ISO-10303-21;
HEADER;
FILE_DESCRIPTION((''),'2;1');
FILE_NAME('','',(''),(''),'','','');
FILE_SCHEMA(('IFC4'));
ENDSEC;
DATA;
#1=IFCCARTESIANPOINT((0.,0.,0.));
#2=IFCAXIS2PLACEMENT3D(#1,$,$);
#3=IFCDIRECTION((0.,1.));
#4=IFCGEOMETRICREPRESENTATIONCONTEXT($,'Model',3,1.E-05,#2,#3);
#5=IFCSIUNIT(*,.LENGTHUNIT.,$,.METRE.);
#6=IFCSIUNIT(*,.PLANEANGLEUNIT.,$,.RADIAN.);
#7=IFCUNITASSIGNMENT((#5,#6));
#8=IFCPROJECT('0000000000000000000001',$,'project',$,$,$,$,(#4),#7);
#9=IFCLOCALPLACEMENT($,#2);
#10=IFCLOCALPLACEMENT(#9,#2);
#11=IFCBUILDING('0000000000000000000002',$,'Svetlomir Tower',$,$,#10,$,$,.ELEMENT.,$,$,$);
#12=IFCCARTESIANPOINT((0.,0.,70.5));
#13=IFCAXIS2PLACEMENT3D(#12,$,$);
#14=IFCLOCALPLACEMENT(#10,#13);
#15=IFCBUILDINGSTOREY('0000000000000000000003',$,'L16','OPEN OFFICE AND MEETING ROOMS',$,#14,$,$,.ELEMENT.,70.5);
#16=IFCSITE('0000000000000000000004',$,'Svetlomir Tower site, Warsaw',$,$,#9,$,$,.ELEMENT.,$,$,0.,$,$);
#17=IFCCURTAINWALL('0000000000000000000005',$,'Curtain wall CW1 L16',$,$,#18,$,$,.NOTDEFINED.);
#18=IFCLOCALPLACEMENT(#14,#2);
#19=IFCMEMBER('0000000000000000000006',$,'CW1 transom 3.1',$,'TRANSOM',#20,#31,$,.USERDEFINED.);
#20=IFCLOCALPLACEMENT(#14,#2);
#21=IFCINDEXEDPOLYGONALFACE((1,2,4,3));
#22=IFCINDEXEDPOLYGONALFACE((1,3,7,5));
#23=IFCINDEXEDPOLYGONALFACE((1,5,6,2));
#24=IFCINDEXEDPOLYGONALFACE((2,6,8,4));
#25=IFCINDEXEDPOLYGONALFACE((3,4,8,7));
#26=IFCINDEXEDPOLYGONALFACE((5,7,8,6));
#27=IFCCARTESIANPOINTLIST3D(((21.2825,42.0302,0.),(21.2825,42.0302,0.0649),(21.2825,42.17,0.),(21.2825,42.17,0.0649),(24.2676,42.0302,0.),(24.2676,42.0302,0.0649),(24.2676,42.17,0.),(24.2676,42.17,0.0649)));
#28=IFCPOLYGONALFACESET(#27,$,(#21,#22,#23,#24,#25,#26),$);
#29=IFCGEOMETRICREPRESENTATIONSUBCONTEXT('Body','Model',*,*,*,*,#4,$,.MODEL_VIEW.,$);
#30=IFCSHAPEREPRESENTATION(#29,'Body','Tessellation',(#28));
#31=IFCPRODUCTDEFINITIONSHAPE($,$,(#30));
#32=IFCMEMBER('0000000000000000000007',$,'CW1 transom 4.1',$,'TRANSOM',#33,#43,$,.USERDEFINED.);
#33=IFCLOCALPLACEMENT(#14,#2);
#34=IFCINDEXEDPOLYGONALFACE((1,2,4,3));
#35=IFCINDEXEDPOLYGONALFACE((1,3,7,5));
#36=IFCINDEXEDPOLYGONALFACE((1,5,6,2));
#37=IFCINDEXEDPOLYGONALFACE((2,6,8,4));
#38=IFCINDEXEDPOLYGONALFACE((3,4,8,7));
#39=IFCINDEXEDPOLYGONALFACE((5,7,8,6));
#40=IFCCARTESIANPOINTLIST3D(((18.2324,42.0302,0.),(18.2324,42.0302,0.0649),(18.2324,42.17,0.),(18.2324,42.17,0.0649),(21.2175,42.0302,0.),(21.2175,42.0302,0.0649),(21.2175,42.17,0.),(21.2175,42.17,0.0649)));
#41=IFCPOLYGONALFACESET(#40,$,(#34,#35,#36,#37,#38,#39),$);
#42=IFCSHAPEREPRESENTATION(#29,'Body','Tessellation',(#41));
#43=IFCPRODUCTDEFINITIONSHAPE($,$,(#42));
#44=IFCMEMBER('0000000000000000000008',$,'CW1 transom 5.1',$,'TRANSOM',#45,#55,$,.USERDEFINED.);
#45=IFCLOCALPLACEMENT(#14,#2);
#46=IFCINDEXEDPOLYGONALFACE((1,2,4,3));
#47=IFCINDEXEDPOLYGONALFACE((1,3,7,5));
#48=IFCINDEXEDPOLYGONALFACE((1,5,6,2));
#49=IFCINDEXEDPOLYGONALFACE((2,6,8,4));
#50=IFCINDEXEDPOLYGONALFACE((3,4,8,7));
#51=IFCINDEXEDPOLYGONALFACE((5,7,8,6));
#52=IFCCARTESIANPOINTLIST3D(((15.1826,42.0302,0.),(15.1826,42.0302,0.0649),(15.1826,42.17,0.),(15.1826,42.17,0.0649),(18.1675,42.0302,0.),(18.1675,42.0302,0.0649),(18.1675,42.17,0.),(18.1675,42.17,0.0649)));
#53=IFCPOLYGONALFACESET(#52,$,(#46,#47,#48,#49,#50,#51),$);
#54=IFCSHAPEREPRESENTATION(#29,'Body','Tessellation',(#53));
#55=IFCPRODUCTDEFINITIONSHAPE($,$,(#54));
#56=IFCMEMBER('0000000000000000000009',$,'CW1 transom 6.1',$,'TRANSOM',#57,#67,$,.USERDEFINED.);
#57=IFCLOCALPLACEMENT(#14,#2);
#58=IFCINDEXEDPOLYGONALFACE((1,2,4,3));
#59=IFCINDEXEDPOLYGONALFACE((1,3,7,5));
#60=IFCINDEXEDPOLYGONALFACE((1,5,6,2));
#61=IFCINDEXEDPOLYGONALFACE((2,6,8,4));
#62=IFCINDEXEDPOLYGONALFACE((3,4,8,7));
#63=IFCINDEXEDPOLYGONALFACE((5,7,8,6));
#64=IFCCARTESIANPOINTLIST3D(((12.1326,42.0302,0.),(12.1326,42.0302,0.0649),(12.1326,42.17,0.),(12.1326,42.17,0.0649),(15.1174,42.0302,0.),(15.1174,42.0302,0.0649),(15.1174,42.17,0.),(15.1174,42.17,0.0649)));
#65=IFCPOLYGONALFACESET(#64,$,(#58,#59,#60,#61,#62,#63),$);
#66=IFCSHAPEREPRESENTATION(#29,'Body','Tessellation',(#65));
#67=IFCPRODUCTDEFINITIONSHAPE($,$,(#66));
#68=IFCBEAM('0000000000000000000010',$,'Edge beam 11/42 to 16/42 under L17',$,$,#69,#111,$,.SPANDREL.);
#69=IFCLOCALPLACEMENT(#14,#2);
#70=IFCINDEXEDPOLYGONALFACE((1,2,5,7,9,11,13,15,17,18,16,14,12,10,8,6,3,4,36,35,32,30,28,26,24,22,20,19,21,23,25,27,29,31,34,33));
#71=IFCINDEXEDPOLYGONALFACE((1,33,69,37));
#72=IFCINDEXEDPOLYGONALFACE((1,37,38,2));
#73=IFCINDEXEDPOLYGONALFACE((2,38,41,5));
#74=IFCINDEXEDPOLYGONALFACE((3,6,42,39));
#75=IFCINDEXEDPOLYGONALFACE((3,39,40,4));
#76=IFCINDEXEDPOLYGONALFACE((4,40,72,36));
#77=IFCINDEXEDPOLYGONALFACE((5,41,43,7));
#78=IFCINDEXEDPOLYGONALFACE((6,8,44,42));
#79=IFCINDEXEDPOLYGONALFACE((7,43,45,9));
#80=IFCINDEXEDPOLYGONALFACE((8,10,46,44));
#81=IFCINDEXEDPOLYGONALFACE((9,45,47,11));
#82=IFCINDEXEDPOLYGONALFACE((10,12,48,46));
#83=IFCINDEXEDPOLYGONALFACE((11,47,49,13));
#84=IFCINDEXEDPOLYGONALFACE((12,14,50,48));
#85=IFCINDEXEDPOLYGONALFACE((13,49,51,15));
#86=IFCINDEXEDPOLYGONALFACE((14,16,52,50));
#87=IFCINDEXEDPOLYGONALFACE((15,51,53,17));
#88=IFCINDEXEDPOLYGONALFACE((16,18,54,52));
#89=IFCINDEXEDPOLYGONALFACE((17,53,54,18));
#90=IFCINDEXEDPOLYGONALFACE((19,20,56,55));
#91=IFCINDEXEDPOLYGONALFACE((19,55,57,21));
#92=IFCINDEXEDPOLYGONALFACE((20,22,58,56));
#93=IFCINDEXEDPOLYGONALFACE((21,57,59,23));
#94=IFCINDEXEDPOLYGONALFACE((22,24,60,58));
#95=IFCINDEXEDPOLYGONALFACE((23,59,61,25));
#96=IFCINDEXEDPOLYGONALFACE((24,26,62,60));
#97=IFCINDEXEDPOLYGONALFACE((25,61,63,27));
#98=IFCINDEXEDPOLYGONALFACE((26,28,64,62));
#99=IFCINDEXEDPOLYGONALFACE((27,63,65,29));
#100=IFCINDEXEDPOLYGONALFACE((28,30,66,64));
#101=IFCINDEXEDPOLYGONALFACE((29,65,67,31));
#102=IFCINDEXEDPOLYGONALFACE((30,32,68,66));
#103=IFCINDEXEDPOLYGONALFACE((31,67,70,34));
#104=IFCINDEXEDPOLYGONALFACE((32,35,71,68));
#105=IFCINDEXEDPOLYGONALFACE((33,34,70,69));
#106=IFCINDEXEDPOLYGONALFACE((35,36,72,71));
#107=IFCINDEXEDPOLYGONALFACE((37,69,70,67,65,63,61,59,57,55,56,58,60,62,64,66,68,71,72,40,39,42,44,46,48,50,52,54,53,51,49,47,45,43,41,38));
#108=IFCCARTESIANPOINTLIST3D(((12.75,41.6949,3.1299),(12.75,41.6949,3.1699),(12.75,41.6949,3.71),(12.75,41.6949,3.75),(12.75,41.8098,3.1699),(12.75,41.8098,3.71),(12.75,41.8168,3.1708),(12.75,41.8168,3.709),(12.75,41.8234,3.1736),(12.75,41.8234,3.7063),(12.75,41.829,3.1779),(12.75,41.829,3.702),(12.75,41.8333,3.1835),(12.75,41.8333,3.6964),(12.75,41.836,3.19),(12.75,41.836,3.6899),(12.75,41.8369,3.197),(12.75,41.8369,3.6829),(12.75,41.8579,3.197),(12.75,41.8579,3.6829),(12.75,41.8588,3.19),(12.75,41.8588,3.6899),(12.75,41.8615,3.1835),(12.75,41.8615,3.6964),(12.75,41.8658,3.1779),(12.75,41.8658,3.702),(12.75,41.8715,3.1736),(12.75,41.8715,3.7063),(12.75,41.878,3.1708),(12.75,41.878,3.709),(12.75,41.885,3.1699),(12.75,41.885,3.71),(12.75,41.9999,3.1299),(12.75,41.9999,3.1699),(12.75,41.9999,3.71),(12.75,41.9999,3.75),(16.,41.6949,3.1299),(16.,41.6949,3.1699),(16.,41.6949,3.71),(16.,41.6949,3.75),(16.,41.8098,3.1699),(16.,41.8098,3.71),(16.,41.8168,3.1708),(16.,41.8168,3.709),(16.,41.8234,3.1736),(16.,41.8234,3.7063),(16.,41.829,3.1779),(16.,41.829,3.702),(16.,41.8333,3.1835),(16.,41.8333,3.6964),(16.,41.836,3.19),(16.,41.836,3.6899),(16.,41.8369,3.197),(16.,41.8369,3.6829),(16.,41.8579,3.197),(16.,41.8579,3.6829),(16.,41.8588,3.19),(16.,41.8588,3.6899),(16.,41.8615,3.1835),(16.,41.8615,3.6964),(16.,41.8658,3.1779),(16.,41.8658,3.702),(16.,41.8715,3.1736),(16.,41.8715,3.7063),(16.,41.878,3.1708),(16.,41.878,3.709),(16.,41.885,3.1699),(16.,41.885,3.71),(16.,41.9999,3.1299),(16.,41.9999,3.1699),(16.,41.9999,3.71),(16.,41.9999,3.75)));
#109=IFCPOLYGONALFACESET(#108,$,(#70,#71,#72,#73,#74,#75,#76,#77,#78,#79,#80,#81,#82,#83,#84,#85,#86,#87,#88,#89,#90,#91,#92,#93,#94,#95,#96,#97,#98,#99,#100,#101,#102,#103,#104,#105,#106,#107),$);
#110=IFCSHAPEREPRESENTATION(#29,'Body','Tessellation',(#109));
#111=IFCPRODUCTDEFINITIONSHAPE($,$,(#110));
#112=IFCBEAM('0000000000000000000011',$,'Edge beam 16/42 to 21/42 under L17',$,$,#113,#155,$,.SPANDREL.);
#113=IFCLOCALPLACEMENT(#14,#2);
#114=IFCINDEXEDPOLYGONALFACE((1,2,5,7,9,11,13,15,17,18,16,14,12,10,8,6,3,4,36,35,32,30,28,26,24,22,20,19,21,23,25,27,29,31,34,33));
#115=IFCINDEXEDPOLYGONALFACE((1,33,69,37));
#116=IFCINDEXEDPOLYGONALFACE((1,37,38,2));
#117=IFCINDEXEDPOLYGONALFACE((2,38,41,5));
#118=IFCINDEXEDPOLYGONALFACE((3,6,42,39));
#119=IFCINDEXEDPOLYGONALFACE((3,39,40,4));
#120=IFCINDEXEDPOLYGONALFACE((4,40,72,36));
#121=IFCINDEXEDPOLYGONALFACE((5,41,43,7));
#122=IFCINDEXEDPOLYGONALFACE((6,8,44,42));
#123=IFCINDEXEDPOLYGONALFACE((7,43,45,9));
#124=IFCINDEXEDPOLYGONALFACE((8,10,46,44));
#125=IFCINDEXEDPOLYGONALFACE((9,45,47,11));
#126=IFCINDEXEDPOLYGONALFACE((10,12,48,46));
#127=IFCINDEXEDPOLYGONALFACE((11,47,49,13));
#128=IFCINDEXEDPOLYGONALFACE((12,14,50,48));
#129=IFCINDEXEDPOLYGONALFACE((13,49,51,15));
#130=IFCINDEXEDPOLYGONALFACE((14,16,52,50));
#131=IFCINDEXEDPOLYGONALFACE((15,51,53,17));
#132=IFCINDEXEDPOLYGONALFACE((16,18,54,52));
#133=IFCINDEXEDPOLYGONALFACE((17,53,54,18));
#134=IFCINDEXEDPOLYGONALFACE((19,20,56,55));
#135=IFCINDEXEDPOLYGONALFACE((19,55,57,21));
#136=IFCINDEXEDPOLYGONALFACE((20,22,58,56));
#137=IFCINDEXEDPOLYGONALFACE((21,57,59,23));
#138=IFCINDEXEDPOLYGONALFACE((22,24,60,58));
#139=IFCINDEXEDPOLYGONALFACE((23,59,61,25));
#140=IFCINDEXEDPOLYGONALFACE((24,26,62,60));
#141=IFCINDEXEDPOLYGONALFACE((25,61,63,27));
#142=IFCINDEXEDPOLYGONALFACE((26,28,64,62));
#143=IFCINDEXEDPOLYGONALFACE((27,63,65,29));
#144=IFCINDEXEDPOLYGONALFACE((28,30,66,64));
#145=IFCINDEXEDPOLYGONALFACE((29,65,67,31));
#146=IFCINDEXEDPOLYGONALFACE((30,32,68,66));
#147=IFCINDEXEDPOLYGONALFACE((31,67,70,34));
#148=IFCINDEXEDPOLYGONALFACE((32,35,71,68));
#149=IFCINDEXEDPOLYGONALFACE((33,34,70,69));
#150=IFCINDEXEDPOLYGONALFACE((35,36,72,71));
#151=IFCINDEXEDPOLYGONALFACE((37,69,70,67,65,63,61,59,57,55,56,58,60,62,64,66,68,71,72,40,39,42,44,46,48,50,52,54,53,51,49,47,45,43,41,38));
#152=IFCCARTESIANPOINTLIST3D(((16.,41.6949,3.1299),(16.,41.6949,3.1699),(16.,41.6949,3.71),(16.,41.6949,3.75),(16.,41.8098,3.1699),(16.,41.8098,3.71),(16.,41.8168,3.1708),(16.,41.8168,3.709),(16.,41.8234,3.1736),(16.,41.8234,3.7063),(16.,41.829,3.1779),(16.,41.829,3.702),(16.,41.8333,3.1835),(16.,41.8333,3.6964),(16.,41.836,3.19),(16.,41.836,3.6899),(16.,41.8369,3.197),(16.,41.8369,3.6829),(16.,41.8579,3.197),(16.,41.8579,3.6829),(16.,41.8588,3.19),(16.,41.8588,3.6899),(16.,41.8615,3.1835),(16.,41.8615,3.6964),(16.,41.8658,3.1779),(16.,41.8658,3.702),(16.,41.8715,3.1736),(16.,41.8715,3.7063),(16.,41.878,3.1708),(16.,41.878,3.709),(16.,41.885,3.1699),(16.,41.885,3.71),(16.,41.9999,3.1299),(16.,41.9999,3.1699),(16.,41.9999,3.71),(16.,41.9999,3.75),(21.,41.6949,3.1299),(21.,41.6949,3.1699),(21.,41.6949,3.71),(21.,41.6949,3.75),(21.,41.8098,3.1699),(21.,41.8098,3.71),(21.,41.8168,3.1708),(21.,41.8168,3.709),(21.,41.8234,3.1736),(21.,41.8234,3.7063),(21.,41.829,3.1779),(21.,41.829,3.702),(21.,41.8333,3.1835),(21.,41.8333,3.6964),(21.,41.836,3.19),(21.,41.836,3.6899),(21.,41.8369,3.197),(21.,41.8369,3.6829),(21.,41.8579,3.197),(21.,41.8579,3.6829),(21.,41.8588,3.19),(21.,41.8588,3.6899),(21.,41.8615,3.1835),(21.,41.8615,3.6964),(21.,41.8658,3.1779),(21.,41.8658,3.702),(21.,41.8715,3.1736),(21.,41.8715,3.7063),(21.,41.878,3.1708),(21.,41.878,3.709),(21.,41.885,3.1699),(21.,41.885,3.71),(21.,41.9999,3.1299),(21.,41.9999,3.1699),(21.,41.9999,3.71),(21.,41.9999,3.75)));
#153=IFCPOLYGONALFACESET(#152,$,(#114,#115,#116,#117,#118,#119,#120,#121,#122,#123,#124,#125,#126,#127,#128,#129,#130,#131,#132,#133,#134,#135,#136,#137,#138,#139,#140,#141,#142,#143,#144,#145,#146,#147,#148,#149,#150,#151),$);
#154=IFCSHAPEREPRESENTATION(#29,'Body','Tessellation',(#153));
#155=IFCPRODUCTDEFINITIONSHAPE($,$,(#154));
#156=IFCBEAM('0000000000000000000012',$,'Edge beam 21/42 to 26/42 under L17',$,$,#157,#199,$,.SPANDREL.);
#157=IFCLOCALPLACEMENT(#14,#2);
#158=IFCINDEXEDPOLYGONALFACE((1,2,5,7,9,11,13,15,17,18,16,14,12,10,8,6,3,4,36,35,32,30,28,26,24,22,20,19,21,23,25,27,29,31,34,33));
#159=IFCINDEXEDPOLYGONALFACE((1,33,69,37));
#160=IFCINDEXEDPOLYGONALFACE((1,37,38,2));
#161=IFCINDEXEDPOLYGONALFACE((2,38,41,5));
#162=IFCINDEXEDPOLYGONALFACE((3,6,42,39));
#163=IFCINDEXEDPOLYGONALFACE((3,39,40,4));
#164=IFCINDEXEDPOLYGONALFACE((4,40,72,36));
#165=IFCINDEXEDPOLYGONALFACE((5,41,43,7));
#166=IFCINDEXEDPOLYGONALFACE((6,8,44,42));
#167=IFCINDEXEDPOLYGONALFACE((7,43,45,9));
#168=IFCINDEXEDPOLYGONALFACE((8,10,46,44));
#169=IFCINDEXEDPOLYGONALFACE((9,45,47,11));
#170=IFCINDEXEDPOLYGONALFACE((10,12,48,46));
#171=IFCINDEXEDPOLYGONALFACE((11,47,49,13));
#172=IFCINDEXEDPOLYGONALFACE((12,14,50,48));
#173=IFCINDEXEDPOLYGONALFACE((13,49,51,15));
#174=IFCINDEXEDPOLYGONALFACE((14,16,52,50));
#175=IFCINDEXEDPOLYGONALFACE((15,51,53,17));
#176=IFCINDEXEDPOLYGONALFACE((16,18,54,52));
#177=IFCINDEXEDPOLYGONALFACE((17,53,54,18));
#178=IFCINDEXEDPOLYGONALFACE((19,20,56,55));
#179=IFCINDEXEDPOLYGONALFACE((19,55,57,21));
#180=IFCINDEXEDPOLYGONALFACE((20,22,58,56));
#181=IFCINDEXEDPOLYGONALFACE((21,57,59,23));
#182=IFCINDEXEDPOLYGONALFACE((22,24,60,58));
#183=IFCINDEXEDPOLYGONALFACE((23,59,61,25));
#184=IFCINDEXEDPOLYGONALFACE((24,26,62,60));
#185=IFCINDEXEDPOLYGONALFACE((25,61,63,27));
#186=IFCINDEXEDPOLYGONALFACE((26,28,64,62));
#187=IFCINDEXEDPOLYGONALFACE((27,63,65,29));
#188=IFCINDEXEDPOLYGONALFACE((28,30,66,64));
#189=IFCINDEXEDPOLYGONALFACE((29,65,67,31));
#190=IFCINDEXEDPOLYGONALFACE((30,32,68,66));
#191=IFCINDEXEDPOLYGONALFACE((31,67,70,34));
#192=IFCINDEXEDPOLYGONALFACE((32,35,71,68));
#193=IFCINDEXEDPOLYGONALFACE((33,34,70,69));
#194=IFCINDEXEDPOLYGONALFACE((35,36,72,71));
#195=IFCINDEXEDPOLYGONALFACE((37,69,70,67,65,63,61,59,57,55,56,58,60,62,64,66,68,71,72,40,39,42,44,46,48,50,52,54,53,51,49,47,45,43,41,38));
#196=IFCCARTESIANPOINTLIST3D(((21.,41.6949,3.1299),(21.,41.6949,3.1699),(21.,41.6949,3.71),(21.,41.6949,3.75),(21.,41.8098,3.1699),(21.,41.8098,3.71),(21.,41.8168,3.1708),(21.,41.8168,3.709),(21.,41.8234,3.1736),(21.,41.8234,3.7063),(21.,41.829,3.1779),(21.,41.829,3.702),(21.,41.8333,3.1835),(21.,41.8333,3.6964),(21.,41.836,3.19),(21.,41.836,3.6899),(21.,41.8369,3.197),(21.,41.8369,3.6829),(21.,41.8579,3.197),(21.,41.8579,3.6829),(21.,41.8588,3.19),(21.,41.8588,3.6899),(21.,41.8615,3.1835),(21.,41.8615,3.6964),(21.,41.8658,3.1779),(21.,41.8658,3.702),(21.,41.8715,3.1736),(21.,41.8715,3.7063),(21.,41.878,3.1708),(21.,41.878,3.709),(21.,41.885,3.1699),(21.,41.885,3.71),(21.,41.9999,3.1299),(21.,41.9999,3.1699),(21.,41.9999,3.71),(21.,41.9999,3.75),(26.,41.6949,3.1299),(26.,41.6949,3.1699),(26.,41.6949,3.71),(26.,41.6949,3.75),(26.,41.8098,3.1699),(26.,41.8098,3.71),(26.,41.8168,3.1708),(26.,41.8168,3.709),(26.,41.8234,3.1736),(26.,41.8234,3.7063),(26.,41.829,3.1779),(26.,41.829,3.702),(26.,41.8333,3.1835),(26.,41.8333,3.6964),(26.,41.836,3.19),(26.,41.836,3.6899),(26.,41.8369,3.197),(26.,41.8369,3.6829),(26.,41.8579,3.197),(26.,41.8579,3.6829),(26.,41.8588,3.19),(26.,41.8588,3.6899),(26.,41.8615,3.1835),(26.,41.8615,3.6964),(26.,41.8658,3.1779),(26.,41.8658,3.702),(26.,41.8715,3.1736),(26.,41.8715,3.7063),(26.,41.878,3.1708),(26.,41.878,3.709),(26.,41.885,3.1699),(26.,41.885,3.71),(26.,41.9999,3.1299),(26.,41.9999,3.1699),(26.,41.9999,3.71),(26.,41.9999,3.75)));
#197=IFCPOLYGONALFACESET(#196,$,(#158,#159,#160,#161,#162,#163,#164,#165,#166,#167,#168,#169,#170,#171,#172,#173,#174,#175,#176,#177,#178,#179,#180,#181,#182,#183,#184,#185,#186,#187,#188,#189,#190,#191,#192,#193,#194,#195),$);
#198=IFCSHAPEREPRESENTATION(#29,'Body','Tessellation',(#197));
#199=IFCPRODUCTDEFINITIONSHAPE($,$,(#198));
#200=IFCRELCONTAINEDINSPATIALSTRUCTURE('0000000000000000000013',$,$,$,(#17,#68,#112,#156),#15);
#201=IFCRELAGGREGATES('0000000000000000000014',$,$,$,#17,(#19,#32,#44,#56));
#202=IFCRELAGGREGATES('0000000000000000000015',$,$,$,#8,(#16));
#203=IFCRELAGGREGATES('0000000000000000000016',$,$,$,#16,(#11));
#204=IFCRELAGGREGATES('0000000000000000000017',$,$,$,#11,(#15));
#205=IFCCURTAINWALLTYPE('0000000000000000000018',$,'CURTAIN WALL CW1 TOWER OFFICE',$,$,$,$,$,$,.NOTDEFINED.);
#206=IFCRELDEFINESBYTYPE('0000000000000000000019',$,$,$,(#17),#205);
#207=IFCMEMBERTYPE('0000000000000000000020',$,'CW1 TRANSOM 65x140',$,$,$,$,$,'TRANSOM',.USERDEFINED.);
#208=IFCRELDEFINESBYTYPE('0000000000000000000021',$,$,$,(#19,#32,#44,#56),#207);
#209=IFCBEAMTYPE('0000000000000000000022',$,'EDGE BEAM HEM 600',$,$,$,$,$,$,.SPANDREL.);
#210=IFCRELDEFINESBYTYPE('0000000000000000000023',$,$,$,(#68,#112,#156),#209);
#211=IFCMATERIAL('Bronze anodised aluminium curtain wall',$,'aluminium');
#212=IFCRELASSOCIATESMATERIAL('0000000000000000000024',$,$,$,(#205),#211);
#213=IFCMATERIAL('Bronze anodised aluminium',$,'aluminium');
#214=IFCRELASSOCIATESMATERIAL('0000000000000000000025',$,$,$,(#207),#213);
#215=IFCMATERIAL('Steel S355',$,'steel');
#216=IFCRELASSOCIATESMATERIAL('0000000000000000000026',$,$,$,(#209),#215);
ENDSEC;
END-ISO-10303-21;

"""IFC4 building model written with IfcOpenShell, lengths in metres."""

from ifc_helpers import new_model, si_unit, direction, frame, origin, origin_2d, place, context, subcontext, project, spatial, rectangle, i_section, extrude, material, material_profile, profile_set, type_object, element, aggregate, save


model = new_model("IFC4")

# Units and contexts
model_context = context("Model", 3, precision=1e-05, world=origin(), true_north=direction((0.0, 1.0)))
body_context = subcontext(model_context, "Body", "Model", "MODEL_VIEW")
ifc_project = project(units=[si_unit("LENGTHUNIT", "METRE"), si_unit("PLANEANGLEUNIT", "RADIAN")], contexts=[model_context])

# Site, building, storey
site_placement = place(None, origin())
site = spatial("IfcSite", under=ifc_project, at=site_placement, Name="Svetlomir Tower site, Warsaw", CompositionType="ELEMENT", RefElevation=0.0)
building_placement = place(site_placement, origin())
building = spatial("IfcBuilding", under=site, at=building_placement, Name="Svetlomir Tower", CompositionType="ELEMENT")
storey_placement = place(building_placement, frame((0.0, 0.0, 70.5)))
storey = spatial("IfcBuildingStorey", under=building, at=storey_placement, Name="L16", Description="OPEN OFFICE AND MEETING ROOMS", CompositionType="ELEMENT", Elevation=70.5)

# Curtain wall, members
ifc_material_1 = material(Name="Bronze anodised aluminium curtain wall", Category="aluminium")
curtain_wall_type = type_object("IfcCurtainWallType", Name="CURTAIN WALL CW1 TOWER OFFICE", PredefinedType="NOTDEFINED", material=ifc_material_1)
curtain_wall_placement = place(storey_placement, origin())
curtain_wall = element("IfcCurtainWall", 1, at=curtain_wall_placement, inside=storey, type_object=curtain_wall_type, Name="Curtain wall CW1 L16", PredefinedType="NOTDEFINED")
ifc_material_2 = material(Name="Bronze anodised aluminium", Category="aluminium")
ifc_material_profile_1 = material_profile(ifc_material_2, rectangle(XDim=0.1399, YDim=0.0649, at=origin_2d()), Name="AL 140x65")
ifc_profile_set_1 = profile_set([ifc_material_profile_1], Name="Bronze anodised aluminium 6063-T6")
member_type_1 = type_object("IfcMemberType", Name="CW1 TRANSOM 65x140", ElementType="TRANSOM", PredefinedType="USERDEFINED", material=ifc_profile_set_1)
member_1_placement = place(storey_placement, frame((24.2676, 42.1001, 0.0325), z_axis=(-1.0, 0.0, 0.0), x_axis=(0.0, -1.0, 0.0)))
member_1 = element("IfcMember", 2, at=member_1_placement, type_object=member_type_1, Name="CW1 transom 3.1", ObjectType="TRANSOM", PredefinedType="USERDEFINED", context=body_context, shape_type="SweptSolid", body=[
    extrude(rectangle(XDim=0.1399, YDim=0.0649, at=origin_2d()), origin(), (0.0, 0.0, 1.0), 2.9851),
])
member_2_placement = place(storey_placement, frame((21.2175, 42.1001, 0.0325), z_axis=(-1.0, 0.0, 0.0), x_axis=(0.0, -1.0, 0.0)))
member_2 = element("IfcMember", 3, at=member_2_placement, type_object=member_type_1, Name="CW1 transom 4.1", ObjectType="TRANSOM", PredefinedType="USERDEFINED", context=body_context, shape_type="SweptSolid", body=[
    extrude(rectangle(XDim=0.1399, YDim=0.0649, at=origin_2d()), origin(), (0.0, 0.0, 1.0), 2.9851),
])
member_3_placement = place(storey_placement, frame((18.1675, 42.1001, 0.0325), z_axis=(-1.0, 0.0, 0.0), x_axis=(0.0, -1.0, 0.0)))
member_3 = element("IfcMember", 4, at=member_3_placement, type_object=member_type_1, Name="CW1 transom 5.1", ObjectType="TRANSOM", PredefinedType="USERDEFINED", context=body_context, shape_type="SweptSolid", body=[
    extrude(rectangle(XDim=0.1399, YDim=0.0649, at=origin_2d()), origin(), (0.0, 0.0, 1.0), 2.9849),
])
member_4_placement = place(storey_placement, frame((15.1174, 42.1001, 0.0325), z_axis=(-1.0, 0.0, 0.0), x_axis=(0.0, -1.0, 0.0)))
member_4 = element("IfcMember", 5, at=member_4_placement, type_object=member_type_1, Name="CW1 transom 6.1", ObjectType="TRANSOM", PredefinedType="USERDEFINED", context=body_context, shape_type="SweptSolid", body=[
    extrude(rectangle(XDim=0.1399, YDim=0.0649, at=origin_2d()), origin(), (0.0, 0.0, 1.0), 2.9849),
])

# Beams
ifc_material_3 = material(Name="Steel S355", Category="steel")
ifc_material_profile_2 = material_profile(ifc_material_3, i_section(OverallWidth=0.3049, OverallDepth=0.6201, WebThickness=0.021, FlangeThickness=0.04, FilletRadius=0.0271, at=origin_2d()), Name="HEM 600")
ifc_profile_set_2 = profile_set([ifc_material_profile_2], Name="Steel S355")
beam_type_1 = type_object("IfcBeamType", Name="EDGE BEAM HEM 600", PredefinedType="SPANDREL", material=ifc_profile_set_2)
beam_1_placement = place(storey_placement, frame((12.75, 41.8474, 3.4399), z_axis=(1.0, 0.0, 0.0), x_axis=(0.0, 1.0, 0.0)))
element("IfcBeam", 6, at=beam_1_placement, inside=storey, type_object=beam_type_1, Name="Edge beam 11/42 to 16/42 under L17", PredefinedType="SPANDREL", context=body_context, shape_type="SweptSolid", body=[
    extrude(i_section(OverallWidth=0.3049, OverallDepth=0.6201, WebThickness=0.021, FlangeThickness=0.04, FilletRadius=0.0271, at=origin_2d()), origin(), (0.0, 0.0, 1.0), 3.25),
])
for number, where, z_axis, x_axis, name in (
    (7, (16.0, 41.8474, 3.4399), (1.0, 0.0, 0.0), (0.0, 1.0, 0.0), "Edge beam 16/42 to 21/42 under L17"),
    (8, (21.0, 41.8474, 3.4399), (1.0, 0.0, 0.0), (0.0, 1.0, 0.0), "Edge beam 21/42 to 26/42 under L17"),
):
    element("IfcBeam", number, at=place(storey_placement, frame(where, z_axis=z_axis, x_axis=x_axis)), inside=storey, type_object=beam_type_1, Name=name, PredefinedType="SPANDREL", context=body_context, shape_type="SweptSolid", body=[
        extrude(i_section(OverallWidth=0.3049, OverallDepth=0.6201, WebThickness=0.021, FlangeThickness=0.04, FilletRadius=0.0271, at=origin_2d()), origin(), (0.0, 0.0, 1.0), 5.0),
    ])

aggregate(curtain_wall, [member_1, member_2, member_3, member_4])

save(model, "model.ifc")
